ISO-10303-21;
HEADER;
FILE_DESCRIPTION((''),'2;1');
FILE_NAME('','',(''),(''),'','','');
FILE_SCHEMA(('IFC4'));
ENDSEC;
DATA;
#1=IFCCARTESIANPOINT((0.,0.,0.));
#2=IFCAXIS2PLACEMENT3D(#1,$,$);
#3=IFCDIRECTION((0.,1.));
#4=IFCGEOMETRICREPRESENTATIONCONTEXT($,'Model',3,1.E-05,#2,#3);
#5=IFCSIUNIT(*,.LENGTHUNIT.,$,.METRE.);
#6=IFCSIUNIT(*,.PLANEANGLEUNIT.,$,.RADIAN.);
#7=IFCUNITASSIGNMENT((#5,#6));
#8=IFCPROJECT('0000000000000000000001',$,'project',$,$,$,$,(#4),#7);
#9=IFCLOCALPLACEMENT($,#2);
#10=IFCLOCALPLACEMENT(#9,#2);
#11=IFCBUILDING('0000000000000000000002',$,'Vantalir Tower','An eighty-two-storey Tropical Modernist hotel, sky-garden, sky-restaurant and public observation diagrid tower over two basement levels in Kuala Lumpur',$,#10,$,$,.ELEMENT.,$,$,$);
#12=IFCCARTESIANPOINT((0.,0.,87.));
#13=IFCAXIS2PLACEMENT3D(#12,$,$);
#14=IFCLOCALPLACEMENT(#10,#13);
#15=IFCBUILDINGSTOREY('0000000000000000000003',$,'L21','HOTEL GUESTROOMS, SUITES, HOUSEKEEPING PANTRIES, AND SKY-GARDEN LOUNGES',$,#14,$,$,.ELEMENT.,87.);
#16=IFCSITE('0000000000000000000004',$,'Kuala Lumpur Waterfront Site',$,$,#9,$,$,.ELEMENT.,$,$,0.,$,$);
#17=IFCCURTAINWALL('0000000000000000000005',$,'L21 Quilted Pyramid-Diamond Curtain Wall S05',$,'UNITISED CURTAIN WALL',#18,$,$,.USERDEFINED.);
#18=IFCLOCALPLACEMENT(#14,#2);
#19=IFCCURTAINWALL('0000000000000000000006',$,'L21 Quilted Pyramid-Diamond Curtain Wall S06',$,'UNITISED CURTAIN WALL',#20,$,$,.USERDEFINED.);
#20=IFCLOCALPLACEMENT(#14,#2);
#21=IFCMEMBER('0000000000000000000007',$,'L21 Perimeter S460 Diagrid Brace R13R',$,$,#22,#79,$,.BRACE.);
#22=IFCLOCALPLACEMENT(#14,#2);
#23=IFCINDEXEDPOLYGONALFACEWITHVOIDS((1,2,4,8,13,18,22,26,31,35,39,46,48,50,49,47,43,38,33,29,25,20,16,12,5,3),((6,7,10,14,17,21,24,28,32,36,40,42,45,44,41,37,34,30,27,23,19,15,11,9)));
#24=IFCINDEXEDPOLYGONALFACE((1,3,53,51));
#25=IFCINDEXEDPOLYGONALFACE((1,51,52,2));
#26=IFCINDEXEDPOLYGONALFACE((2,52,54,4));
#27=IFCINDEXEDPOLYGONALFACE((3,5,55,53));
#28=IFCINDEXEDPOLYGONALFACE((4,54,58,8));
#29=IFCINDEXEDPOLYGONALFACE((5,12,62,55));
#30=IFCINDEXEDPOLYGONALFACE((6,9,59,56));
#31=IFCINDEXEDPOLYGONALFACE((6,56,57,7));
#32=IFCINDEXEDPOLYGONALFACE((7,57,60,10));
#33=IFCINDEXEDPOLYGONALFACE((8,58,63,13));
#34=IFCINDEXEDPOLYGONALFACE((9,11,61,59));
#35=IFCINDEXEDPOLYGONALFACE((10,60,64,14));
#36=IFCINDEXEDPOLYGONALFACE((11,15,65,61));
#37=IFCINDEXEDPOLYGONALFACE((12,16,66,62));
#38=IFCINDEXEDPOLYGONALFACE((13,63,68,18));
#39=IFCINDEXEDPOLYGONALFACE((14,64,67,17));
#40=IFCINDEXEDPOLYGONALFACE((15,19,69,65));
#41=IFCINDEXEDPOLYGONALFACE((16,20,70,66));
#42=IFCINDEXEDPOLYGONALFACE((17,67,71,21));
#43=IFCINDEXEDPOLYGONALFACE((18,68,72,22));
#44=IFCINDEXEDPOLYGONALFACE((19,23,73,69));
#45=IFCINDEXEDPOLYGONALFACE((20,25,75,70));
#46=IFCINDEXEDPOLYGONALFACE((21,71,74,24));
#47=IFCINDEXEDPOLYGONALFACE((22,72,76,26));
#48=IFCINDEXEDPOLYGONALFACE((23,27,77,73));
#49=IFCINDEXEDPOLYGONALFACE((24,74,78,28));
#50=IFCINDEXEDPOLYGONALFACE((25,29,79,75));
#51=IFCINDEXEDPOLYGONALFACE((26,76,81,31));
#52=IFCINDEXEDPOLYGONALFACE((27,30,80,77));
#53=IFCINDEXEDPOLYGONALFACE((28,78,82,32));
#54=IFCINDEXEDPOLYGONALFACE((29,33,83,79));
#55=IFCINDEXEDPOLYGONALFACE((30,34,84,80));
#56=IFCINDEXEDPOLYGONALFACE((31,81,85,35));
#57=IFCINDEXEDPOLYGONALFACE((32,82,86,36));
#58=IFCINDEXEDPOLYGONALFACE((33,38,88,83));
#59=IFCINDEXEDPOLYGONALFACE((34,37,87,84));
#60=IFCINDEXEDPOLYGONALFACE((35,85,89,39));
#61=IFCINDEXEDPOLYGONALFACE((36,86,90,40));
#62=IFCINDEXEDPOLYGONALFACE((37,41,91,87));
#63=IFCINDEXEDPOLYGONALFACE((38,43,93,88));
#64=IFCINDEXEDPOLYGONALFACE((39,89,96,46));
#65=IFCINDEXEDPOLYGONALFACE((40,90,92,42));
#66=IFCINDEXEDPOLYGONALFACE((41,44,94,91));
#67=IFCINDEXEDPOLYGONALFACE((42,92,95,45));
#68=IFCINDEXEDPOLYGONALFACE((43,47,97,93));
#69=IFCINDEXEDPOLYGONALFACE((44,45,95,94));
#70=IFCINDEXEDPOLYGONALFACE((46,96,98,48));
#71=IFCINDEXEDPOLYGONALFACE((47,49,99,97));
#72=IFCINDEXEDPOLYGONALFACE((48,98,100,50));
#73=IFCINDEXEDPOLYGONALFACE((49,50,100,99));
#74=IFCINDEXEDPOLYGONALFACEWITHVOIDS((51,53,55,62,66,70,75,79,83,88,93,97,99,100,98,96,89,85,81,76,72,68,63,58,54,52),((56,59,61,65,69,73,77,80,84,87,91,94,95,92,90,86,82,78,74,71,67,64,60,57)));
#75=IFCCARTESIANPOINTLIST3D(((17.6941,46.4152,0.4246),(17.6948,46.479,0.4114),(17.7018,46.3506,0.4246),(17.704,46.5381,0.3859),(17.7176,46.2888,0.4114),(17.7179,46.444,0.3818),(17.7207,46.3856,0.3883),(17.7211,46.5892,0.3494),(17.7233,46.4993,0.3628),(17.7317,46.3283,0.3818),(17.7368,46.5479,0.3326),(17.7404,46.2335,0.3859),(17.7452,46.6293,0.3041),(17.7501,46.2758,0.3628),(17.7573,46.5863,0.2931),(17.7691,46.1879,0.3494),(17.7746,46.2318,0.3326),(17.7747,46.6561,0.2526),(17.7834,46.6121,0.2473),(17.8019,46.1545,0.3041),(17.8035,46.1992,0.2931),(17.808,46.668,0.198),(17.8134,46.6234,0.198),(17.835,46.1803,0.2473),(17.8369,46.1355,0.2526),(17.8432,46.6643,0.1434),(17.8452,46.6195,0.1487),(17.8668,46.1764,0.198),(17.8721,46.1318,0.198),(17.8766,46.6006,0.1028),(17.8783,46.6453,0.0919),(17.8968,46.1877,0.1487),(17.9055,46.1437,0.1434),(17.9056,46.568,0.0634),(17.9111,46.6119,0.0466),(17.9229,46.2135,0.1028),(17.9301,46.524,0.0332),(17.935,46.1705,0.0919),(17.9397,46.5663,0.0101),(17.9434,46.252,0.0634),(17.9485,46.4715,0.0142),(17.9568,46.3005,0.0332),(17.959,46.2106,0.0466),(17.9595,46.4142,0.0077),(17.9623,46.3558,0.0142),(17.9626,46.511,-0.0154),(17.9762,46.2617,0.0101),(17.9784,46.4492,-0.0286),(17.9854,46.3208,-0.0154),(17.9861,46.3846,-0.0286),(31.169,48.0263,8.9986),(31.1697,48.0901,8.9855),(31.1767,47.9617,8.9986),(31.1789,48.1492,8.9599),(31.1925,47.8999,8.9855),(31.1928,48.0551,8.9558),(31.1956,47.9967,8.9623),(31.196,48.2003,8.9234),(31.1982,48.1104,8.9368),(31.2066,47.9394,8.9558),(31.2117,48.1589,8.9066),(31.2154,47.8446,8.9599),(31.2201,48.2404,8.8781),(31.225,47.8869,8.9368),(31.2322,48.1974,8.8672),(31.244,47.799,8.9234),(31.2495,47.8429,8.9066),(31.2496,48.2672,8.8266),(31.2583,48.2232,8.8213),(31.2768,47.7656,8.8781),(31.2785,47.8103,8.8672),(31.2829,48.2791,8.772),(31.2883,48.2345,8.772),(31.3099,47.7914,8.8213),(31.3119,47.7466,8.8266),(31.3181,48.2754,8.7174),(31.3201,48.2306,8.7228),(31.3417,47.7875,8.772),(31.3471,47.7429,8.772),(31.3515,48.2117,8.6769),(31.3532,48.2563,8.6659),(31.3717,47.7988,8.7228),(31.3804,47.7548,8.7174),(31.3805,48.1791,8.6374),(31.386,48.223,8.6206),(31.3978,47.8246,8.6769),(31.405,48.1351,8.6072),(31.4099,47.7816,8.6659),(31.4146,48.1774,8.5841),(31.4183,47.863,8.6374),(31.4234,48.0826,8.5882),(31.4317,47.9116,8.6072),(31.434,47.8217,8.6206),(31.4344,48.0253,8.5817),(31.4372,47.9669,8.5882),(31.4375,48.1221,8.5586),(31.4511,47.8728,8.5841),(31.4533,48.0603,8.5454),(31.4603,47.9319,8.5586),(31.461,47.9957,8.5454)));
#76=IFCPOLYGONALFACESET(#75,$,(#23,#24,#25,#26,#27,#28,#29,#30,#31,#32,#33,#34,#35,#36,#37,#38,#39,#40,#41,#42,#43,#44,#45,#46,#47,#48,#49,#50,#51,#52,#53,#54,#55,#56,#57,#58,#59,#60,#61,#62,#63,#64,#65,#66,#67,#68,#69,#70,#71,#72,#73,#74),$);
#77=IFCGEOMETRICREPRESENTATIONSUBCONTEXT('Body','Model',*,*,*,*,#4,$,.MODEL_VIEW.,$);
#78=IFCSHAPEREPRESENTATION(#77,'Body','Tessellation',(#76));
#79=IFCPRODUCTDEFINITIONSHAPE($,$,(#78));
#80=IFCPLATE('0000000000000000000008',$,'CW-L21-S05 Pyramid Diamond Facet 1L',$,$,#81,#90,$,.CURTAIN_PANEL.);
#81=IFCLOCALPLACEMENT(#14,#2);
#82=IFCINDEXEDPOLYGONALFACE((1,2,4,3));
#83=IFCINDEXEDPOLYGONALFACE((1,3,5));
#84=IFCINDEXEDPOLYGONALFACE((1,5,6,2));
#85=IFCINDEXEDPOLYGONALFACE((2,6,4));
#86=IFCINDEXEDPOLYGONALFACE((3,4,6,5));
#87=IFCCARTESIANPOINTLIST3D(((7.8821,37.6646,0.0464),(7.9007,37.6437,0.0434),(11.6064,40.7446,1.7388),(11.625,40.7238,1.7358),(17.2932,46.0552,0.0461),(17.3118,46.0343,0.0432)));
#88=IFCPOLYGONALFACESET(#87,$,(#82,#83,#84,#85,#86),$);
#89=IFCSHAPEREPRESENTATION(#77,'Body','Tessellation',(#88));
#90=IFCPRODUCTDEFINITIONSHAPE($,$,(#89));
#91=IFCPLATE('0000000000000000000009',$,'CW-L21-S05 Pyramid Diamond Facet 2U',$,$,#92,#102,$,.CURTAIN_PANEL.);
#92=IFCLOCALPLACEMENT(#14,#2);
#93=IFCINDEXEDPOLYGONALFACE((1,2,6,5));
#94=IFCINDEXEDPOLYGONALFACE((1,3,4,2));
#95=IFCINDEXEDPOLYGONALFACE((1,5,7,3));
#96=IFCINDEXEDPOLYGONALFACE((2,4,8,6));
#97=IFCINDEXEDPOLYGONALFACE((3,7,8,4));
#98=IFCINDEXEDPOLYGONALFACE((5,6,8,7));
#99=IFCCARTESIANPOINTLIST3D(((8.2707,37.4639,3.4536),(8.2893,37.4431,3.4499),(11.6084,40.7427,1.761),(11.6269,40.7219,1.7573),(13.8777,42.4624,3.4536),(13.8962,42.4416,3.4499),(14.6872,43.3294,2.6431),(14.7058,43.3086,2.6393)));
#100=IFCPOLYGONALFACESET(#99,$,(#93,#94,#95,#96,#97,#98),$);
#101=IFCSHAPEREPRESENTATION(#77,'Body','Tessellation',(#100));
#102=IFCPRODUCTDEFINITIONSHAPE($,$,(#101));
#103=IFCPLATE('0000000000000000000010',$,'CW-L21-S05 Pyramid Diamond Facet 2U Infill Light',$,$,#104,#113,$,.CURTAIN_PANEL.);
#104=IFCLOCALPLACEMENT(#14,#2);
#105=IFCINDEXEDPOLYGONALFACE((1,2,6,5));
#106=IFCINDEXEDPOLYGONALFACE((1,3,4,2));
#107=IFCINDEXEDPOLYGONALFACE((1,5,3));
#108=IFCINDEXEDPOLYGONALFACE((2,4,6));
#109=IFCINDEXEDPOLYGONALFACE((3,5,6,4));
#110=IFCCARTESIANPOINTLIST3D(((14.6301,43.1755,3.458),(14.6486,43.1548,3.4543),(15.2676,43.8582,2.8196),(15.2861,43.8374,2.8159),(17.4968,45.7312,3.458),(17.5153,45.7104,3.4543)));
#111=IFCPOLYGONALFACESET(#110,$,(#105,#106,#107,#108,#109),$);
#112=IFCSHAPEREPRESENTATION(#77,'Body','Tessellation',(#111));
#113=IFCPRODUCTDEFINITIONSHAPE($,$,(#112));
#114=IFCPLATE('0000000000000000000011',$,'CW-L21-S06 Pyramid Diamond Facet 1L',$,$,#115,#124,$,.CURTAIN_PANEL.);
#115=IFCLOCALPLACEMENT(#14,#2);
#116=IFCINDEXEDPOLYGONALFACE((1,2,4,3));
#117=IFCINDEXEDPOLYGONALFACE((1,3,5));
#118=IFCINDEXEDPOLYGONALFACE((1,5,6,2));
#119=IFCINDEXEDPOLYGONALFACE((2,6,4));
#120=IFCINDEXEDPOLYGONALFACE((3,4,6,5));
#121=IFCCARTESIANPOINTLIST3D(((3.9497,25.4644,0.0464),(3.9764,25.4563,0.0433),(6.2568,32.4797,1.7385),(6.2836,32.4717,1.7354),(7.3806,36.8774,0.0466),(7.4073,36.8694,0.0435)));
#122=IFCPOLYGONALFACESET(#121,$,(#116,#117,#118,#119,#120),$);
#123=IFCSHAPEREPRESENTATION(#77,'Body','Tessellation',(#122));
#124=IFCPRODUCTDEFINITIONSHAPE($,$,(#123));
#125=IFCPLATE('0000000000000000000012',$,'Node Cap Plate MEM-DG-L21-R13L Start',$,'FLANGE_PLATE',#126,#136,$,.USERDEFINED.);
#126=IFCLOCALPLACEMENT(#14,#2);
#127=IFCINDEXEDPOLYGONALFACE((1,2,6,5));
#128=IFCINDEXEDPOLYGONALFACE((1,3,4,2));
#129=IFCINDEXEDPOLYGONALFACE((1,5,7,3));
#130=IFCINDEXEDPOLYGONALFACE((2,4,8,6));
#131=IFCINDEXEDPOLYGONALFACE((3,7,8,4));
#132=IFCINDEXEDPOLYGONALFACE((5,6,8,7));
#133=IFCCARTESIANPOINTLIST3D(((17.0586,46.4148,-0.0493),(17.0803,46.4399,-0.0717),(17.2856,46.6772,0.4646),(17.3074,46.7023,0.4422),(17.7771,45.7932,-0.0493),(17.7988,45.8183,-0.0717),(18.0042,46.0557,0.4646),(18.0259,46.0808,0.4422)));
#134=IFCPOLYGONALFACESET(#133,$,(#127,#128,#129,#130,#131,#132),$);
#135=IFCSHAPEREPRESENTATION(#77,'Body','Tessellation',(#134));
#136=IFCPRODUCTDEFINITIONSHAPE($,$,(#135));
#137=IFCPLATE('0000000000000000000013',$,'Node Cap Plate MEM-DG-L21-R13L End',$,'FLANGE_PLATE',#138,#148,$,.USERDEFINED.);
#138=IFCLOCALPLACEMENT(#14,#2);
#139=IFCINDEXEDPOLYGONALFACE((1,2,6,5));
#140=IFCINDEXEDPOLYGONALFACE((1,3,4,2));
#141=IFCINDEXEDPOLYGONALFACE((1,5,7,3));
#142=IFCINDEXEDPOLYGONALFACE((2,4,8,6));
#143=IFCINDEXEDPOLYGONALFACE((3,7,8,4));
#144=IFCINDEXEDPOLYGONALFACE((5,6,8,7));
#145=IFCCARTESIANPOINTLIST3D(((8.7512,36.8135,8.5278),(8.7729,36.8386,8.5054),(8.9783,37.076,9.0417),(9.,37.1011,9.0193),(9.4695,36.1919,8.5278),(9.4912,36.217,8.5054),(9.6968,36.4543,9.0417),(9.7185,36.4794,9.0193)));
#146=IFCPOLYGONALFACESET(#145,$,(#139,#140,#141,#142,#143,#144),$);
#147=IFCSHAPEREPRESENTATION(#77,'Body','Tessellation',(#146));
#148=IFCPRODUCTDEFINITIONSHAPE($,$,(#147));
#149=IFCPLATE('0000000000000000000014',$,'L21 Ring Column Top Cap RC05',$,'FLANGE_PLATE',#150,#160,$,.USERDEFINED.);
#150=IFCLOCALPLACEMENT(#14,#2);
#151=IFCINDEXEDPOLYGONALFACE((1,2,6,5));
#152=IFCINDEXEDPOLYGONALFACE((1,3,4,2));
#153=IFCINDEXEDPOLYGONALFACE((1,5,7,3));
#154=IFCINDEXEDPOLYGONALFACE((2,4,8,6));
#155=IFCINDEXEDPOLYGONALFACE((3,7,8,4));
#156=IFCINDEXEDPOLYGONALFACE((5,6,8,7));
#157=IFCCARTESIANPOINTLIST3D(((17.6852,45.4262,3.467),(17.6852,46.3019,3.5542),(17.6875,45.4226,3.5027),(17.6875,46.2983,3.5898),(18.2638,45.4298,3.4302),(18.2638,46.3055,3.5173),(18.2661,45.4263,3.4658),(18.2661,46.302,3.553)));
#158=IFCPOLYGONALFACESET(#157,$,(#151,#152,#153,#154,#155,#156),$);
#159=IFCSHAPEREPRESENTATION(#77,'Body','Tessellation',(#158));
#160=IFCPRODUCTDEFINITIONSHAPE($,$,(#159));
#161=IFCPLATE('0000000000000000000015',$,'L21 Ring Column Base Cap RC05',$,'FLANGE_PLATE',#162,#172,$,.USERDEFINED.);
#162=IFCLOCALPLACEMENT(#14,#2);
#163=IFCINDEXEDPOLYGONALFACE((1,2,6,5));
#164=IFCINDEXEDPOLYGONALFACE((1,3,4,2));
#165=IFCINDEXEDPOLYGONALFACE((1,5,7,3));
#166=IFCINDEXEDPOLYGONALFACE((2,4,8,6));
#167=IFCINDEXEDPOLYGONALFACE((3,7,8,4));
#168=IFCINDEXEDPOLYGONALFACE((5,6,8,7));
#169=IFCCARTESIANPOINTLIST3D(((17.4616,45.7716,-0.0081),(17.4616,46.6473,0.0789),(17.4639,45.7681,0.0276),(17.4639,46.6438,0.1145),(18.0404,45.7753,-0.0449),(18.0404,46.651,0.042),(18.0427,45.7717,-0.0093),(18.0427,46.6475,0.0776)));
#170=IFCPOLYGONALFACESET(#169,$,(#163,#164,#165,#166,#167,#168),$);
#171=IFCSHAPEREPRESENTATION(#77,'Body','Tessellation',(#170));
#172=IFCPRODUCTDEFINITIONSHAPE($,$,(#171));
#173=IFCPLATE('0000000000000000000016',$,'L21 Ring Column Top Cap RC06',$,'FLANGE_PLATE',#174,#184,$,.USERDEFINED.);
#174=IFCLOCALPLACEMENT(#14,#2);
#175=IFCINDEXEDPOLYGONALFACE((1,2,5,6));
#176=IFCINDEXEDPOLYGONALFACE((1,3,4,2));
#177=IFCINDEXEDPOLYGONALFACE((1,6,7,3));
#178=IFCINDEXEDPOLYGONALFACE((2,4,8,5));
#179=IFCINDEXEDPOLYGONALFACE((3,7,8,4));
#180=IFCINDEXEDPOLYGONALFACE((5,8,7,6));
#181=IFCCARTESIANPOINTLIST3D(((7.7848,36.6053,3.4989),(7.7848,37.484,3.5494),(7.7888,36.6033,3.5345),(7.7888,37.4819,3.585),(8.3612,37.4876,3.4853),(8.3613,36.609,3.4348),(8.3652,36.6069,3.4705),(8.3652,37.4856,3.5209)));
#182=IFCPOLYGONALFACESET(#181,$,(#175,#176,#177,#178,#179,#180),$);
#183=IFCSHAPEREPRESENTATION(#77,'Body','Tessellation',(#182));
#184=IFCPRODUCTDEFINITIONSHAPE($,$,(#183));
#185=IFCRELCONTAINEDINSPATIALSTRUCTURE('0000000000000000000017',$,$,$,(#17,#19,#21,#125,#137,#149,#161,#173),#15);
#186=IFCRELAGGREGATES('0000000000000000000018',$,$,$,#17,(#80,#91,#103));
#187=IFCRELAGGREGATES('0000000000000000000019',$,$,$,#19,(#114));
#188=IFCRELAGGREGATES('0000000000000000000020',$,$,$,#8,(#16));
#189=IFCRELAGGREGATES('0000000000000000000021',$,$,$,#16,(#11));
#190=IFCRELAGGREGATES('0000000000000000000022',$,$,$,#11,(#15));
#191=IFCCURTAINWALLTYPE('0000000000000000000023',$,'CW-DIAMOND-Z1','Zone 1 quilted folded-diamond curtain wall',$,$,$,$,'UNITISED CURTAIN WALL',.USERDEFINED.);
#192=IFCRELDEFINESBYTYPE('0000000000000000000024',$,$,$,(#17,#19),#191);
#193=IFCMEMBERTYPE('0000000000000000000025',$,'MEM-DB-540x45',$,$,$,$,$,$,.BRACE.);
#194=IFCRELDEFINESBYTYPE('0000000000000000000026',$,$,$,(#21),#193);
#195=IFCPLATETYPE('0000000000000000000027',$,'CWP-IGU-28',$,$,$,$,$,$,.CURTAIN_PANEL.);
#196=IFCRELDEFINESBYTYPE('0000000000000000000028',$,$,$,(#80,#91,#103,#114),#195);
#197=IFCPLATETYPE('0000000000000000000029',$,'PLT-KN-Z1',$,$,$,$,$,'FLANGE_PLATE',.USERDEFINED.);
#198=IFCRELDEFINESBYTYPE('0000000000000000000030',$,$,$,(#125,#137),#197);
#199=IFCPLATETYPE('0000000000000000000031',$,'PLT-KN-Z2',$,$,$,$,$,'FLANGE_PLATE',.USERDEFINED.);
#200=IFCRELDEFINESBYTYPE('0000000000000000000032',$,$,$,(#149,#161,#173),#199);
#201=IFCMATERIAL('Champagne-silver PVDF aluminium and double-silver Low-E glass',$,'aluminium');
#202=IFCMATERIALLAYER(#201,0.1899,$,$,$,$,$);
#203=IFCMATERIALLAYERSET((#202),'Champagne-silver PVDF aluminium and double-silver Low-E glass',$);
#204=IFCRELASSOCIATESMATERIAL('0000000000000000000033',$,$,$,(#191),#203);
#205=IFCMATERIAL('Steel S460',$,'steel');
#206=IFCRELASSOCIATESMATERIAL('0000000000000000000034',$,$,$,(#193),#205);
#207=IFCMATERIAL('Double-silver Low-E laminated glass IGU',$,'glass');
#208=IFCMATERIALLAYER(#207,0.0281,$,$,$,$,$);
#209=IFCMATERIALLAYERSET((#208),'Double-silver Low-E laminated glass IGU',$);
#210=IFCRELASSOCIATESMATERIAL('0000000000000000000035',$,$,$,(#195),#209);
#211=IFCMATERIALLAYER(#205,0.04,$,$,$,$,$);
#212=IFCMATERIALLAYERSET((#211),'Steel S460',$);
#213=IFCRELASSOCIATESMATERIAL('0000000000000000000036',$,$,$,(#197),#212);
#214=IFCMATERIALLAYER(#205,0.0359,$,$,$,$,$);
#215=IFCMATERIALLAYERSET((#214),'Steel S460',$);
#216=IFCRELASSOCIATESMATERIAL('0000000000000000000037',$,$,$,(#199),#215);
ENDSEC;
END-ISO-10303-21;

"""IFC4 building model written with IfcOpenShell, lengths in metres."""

from ifc_helpers import new_model, si_unit, direction, frame, origin, origin_2d, place, context, subcontext, project, spatial, polyline, hollow_circle, outline, extrude, material, layer, layer_set, material_profile, profile_set, type_object, element, aggregate, save


model = new_model("IFC4")

# Units and contexts
model_context = context("Model", 3, precision=1e-05, world=origin(), true_north=direction((0.0, 1.0)))
body_context = subcontext(model_context, "Body", "Model", "MODEL_VIEW")
ifc_project = project(units=[si_unit("LENGTHUNIT", "METRE"), si_unit("PLANEANGLEUNIT", "RADIAN")], contexts=[model_context])

# Site, building, storey
site_placement = place(None, origin())
site = spatial("IfcSite", under=ifc_project, at=site_placement, Name="Kuala Lumpur Waterfront Site", CompositionType="ELEMENT", RefElevation=0.0)
building_placement = place(site_placement, origin())
building = spatial("IfcBuilding", under=site, at=building_placement, Name="Vantalir Tower", Description="An eighty-two-storey Tropical Modernist hotel, sky-garden, sky-restaurant and public observation diagrid tower over two basement levels in Kuala Lumpur", CompositionType="ELEMENT")
storey_placement = place(building_placement, frame((0.0, 0.0, 87.0)))
storey = spatial("IfcBuildingStorey", under=building, at=storey_placement, Name="L21", Description="HOTEL GUESTROOMS, SUITES, HOUSEKEEPING PANTRIES, AND SKY-GARDEN LOUNGES", CompositionType="ELEMENT", Elevation=87.0)

# Shared definitions
ifc_material_1 = material(Name="Steel S460", Category="steel")

# Curtain wall
ifc_material_2 = material(Name="Champagne-silver PVDF aluminium and double-silver Low-E glass", Category="aluminium")
ifc_layer_1 = layer(ifc_material_2, 0.1899)
ifc_layer_set_1 = layer_set([ifc_layer_1], Name="Champagne-silver PVDF aluminium and double-silver Low-E glass")
curtain_wall_type = type_object("IfcCurtainWallType", Name="CW-DIAMOND-Z1", Description="Zone 1 quilted folded-diamond curtain wall", ElementType="UNITISED CURTAIN WALL", PredefinedType="USERDEFINED", material=ifc_layer_set_1)
curtain_wall_1_placement = place(storey_placement, origin())
curtain_wall_1 = element("IfcCurtainWall", 1, at=curtain_wall_1_placement, inside=storey, type_object=curtain_wall_type, Name="L21 Quilted Pyramid-Diamond Curtain Wall S05", ObjectType="UNITISED CURTAIN WALL", PredefinedType="USERDEFINED")

# Curtain wall
curtain_wall_2_placement = place(storey_placement, origin())
curtain_wall_2 = element("IfcCurtainWall", 2, at=curtain_wall_2_placement, inside=storey, type_object=curtain_wall_type, Name="L21 Quilted Pyramid-Diamond Curtain Wall S06", ObjectType="UNITISED CURTAIN WALL", PredefinedType="USERDEFINED")

# Member
ifc_material_profile_1 = material_profile(ifc_material_1, hollow_circle(Radius=0.27, WallThickness=0.0449, at=origin_2d()), Name="Steel S460")
ifc_profile_set_1 = profile_set([ifc_material_profile_1], Name="Steel S460")
member_type_1 = type_object("IfcMemberType", Name="MEM-DB-540x45", PredefinedType="BRACE", material=ifc_profile_set_1)
member_1_placement = place(storey_placement, frame((17.8401, 46.3999, 0.198), z_axis=(0.839428, 0.100364, 0.534123), x_axis=(-0.118717, 0.992928, 0.0)))
element("IfcMember", 3, at=member_1_placement, inside=storey, type_object=member_type_1, Name="L21 Perimeter S460 Diagrid Brace R13R", PredefinedType="BRACE", context=body_context, shape_type="SweptSolid", body=[
    extrude(hollow_circle(Radius=0.27, WallThickness=0.0449, at=origin_2d()), origin(), (0.0, 0.0, 1.0), 16.0525),
])

# Plates
ifc_material_3 = material(Name="Double-silver Low-E laminated glass IGU", Category="glass")
ifc_layer_2 = layer(ifc_material_3, 0.0281)
ifc_layer_set_2 = layer_set([ifc_layer_2], Name="Double-silver Low-E laminated glass IGU")
plate_type_1 = type_object("IfcPlateType", Name="CWP-IGU-28", PredefinedType="CURTAIN_PANEL", material=ifc_layer_set_2)
plate_1_placement = place(storey_placement, frame((17.2932, 46.0552, 0.0461), z_axis=(-0.661767, 0.742257, 0.105444), x_axis=(-0.746417, -0.665478, 0.000019)))
plate_1 = element("IfcPlate", 4, at=plate_1_placement, type_object=plate_type_1, Name="CW-L21-S05 Pyramid Diamond Facet 1L", PredefinedType="CURTAIN_PANEL", context=body_context, shape_type="SweptSolid", body=[
    extrude(outline(polyline([(0.0, 0.0), (12.6084, 0.0), (7.7788, 1.702), (0.0, 0.0)])), origin(), (0.0, 0.0, -1.0), 0.0281),
])
plate_2_placement = place(storey_placement, frame((13.8777, 42.4624, 3.4536), z_axis=(-0.659572, 0.739856, 0.13258), x_axis=(-0.746445, -0.665447, 0.0)))
plate_2 = element("IfcPlate", 5, at=plate_2_placement, type_object=plate_type_1, Name="CW-L21-S05 Pyramid Diamond Facet 2U", PredefinedType="CURTAIN_PANEL", context=body_context, shape_type="SweptSolid", body=[
    extrude(outline(polyline([(0.0, 0.0), (7.5115, 0.0), (2.8383, -1.7077), (-1.1812, -0.8178), (0.0, 0.0)])), origin(), (0.0, 0.0, -1.0), 0.0281),
])
plate_3_placement = place(storey_placement, frame((17.4968, 45.7312, 3.458), z_axis=(-0.659585, 0.73986, 0.132493), x_axis=(-0.746441, -0.665452, 0.0)))
plate_3 = element("IfcPlate", 6, at=plate_3_placement, type_object=plate_type_1, Name="CW-L21-S05 Pyramid Diamond Facet 2U Infill Light", PredefinedType="CURTAIN_PANEL", context=body_context, shape_type="SweptSolid", body=[
    extrude(outline(polyline([(0.0, 0.0), (3.8405, 0.0), (2.9104, -0.6441), (0.0, 0.0)])), origin(), (0.0, 0.0, -1.0), 0.0281),
])
aggregate(curtain_wall_1, [plate_1, plate_2, plate_3])
plate_4_placement = place(storey_placement, frame((7.3806, 36.8774, 0.0466), z_axis=(-0.951695, 0.286088, 0.111495), x_axis=(-0.287885, -0.957665, -0.00002)))
plate_4 = element("IfcPlate", 7, at=plate_4_placement, type_object=plate_type_1, Name="CW-L21-S06 Pyramid Diamond Facet 1L", PredefinedType="CURTAIN_PANEL", context=body_context, shape_type="SweptSolid", body=[
    extrude(outline(polyline([(0.0, 0.0), (11.9176, 0.0), (4.535, 1.7026), (0.0, 0.0)])), origin(), (0.0, 0.0, -1.0), 0.0281),
])
aggregate(curtain_wall_2, [plate_4])

# Plates
ifc_layer_3 = layer(ifc_material_1, 0.04)
ifc_layer_set_3 = layer_set([ifc_layer_3], Name="Steel S460")
plate_type_2 = type_object("IfcPlateType", Name="PLT-KN-Z1", ElementType="FLANGE_PLATE", PredefinedType="USERDEFINED", material=ifc_layer_set_3)
plate_5_placement = place(storey_placement, frame((17.0586, 46.4148, -0.0493), z_axis=(-0.54221, -0.626757, 0.559629), x_axis=(0.756274, -0.654255, 0.0)))
element("IfcPlate", 8, at=plate_5_placement, inside=storey, type_object=plate_type_2, Name="Node Cap Plate MEM-DG-L21-R13L Start", ObjectType="FLANGE_PLATE", PredefinedType="USERDEFINED", context=body_context, shape_type="SweptSolid", body=[
    extrude(outline(polyline([(0.0, 0.0), (0.9501, 0.0), (0.9501, 0.6201), (0.0, 0.6201), (0.0, 0.0)])), origin(), (0.0, 0.0, -1.0), 0.04),
])
plate_6_placement = place(storey_placement, frame((8.7512, 36.8135, 8.5278), z_axis=(-0.542223, -0.626666, 0.559717), x_axis=(0.756202, -0.654339, -0.000039)))
element("IfcPlate", 9, at=plate_6_placement, inside=storey, type_object=plate_type_2, Name="Node Cap Plate MEM-DG-L21-R13L End", ObjectType="FLANGE_PLATE", PredefinedType="USERDEFINED", context=body_context, shape_type="SweptSolid", body=[
    extrude(outline(polyline([(0.0, 0.0), (0.9499, 0.0), (0.95, 0.6202), (-0.0001, 0.6201), (0.0, 0.0)])), origin(), (0.0, 0.0, -1.0), 0.04),
])
ifc_layer_4 = layer(ifc_material_1, 0.0359)
ifc_layer_set_4 = layer_set([ifc_layer_4], Name="Steel S460")
plate_type_3 = type_object("IfcPlateType", Name="PLT-KN-Z2", ElementType="FLANGE_PLATE", PredefinedType="USERDEFINED", material=ifc_layer_set_4)
plate_7_placement = place(storey_placement, frame((17.6875, 46.2983, 3.5898), z_axis=(0.063896, -0.098834, 0.99305), x_axis=(0.0, -0.995084, -0.099037)))
element("IfcPlate", 10, at=plate_7_placement, inside=storey, type_object=plate_type_3, Name="L21 Ring Column Top Cap RC05", ObjectType="FLANGE_PLATE", PredefinedType="USERDEFINED", context=body_context, shape_type="SweptSolid", body=[
    extrude(outline(polyline([(0.0, 0.0), (0.8801, 0.0), (0.8801, 0.5798), (0.0, 0.5798), (0.0, 0.0)])), origin(), (0.0, 0.0, -1.0), 0.0359),
])
plate_8_placement = place(storey_placement, frame((17.4639, 46.6438, 0.1145), z_axis=(0.063869, -0.09856, 0.993079), x_axis=(0.0, -0.995111, -0.098762)))
element("IfcPlate", 11, at=plate_8_placement, inside=storey, type_object=plate_type_3, Name="L21 Ring Column Base Cap RC05", ObjectType="FLANGE_PLATE", PredefinedType="USERDEFINED", context=body_context, shape_type="SweptSolid", body=[
    extrude(outline(polyline([(0.0, 0.0), (0.88, 0.0), (0.88, 0.58), (0.0, 0.58), (0.0, 0.0)])), origin(), (0.0, 0.0, -1.0), 0.0359),
])
plate_9_placement = place(storey_placement, frame((7.7888, 37.4819, 3.585), z_axis=(0.110679, -0.056931, 0.992224), x_axis=(-0.000015, -0.998358, -0.057281)))
element("IfcPlate", 12, at=plate_9_placement, inside=storey, type_object=plate_type_3, Name="L21 Ring Column Top Cap RC06", ObjectType="FLANGE_PLATE", PredefinedType="USERDEFINED", context=body_context, shape_type="SweptSolid", body=[
    extrude(outline(polyline([(0.0, 0.0), (0.8801, 0.0), (0.8801, 0.58), (0.0, 0.58), (0.0, 0.0)])), origin(), (0.0, 0.0, -1.0), 0.0359),
])

save(model, "model.ifc")
